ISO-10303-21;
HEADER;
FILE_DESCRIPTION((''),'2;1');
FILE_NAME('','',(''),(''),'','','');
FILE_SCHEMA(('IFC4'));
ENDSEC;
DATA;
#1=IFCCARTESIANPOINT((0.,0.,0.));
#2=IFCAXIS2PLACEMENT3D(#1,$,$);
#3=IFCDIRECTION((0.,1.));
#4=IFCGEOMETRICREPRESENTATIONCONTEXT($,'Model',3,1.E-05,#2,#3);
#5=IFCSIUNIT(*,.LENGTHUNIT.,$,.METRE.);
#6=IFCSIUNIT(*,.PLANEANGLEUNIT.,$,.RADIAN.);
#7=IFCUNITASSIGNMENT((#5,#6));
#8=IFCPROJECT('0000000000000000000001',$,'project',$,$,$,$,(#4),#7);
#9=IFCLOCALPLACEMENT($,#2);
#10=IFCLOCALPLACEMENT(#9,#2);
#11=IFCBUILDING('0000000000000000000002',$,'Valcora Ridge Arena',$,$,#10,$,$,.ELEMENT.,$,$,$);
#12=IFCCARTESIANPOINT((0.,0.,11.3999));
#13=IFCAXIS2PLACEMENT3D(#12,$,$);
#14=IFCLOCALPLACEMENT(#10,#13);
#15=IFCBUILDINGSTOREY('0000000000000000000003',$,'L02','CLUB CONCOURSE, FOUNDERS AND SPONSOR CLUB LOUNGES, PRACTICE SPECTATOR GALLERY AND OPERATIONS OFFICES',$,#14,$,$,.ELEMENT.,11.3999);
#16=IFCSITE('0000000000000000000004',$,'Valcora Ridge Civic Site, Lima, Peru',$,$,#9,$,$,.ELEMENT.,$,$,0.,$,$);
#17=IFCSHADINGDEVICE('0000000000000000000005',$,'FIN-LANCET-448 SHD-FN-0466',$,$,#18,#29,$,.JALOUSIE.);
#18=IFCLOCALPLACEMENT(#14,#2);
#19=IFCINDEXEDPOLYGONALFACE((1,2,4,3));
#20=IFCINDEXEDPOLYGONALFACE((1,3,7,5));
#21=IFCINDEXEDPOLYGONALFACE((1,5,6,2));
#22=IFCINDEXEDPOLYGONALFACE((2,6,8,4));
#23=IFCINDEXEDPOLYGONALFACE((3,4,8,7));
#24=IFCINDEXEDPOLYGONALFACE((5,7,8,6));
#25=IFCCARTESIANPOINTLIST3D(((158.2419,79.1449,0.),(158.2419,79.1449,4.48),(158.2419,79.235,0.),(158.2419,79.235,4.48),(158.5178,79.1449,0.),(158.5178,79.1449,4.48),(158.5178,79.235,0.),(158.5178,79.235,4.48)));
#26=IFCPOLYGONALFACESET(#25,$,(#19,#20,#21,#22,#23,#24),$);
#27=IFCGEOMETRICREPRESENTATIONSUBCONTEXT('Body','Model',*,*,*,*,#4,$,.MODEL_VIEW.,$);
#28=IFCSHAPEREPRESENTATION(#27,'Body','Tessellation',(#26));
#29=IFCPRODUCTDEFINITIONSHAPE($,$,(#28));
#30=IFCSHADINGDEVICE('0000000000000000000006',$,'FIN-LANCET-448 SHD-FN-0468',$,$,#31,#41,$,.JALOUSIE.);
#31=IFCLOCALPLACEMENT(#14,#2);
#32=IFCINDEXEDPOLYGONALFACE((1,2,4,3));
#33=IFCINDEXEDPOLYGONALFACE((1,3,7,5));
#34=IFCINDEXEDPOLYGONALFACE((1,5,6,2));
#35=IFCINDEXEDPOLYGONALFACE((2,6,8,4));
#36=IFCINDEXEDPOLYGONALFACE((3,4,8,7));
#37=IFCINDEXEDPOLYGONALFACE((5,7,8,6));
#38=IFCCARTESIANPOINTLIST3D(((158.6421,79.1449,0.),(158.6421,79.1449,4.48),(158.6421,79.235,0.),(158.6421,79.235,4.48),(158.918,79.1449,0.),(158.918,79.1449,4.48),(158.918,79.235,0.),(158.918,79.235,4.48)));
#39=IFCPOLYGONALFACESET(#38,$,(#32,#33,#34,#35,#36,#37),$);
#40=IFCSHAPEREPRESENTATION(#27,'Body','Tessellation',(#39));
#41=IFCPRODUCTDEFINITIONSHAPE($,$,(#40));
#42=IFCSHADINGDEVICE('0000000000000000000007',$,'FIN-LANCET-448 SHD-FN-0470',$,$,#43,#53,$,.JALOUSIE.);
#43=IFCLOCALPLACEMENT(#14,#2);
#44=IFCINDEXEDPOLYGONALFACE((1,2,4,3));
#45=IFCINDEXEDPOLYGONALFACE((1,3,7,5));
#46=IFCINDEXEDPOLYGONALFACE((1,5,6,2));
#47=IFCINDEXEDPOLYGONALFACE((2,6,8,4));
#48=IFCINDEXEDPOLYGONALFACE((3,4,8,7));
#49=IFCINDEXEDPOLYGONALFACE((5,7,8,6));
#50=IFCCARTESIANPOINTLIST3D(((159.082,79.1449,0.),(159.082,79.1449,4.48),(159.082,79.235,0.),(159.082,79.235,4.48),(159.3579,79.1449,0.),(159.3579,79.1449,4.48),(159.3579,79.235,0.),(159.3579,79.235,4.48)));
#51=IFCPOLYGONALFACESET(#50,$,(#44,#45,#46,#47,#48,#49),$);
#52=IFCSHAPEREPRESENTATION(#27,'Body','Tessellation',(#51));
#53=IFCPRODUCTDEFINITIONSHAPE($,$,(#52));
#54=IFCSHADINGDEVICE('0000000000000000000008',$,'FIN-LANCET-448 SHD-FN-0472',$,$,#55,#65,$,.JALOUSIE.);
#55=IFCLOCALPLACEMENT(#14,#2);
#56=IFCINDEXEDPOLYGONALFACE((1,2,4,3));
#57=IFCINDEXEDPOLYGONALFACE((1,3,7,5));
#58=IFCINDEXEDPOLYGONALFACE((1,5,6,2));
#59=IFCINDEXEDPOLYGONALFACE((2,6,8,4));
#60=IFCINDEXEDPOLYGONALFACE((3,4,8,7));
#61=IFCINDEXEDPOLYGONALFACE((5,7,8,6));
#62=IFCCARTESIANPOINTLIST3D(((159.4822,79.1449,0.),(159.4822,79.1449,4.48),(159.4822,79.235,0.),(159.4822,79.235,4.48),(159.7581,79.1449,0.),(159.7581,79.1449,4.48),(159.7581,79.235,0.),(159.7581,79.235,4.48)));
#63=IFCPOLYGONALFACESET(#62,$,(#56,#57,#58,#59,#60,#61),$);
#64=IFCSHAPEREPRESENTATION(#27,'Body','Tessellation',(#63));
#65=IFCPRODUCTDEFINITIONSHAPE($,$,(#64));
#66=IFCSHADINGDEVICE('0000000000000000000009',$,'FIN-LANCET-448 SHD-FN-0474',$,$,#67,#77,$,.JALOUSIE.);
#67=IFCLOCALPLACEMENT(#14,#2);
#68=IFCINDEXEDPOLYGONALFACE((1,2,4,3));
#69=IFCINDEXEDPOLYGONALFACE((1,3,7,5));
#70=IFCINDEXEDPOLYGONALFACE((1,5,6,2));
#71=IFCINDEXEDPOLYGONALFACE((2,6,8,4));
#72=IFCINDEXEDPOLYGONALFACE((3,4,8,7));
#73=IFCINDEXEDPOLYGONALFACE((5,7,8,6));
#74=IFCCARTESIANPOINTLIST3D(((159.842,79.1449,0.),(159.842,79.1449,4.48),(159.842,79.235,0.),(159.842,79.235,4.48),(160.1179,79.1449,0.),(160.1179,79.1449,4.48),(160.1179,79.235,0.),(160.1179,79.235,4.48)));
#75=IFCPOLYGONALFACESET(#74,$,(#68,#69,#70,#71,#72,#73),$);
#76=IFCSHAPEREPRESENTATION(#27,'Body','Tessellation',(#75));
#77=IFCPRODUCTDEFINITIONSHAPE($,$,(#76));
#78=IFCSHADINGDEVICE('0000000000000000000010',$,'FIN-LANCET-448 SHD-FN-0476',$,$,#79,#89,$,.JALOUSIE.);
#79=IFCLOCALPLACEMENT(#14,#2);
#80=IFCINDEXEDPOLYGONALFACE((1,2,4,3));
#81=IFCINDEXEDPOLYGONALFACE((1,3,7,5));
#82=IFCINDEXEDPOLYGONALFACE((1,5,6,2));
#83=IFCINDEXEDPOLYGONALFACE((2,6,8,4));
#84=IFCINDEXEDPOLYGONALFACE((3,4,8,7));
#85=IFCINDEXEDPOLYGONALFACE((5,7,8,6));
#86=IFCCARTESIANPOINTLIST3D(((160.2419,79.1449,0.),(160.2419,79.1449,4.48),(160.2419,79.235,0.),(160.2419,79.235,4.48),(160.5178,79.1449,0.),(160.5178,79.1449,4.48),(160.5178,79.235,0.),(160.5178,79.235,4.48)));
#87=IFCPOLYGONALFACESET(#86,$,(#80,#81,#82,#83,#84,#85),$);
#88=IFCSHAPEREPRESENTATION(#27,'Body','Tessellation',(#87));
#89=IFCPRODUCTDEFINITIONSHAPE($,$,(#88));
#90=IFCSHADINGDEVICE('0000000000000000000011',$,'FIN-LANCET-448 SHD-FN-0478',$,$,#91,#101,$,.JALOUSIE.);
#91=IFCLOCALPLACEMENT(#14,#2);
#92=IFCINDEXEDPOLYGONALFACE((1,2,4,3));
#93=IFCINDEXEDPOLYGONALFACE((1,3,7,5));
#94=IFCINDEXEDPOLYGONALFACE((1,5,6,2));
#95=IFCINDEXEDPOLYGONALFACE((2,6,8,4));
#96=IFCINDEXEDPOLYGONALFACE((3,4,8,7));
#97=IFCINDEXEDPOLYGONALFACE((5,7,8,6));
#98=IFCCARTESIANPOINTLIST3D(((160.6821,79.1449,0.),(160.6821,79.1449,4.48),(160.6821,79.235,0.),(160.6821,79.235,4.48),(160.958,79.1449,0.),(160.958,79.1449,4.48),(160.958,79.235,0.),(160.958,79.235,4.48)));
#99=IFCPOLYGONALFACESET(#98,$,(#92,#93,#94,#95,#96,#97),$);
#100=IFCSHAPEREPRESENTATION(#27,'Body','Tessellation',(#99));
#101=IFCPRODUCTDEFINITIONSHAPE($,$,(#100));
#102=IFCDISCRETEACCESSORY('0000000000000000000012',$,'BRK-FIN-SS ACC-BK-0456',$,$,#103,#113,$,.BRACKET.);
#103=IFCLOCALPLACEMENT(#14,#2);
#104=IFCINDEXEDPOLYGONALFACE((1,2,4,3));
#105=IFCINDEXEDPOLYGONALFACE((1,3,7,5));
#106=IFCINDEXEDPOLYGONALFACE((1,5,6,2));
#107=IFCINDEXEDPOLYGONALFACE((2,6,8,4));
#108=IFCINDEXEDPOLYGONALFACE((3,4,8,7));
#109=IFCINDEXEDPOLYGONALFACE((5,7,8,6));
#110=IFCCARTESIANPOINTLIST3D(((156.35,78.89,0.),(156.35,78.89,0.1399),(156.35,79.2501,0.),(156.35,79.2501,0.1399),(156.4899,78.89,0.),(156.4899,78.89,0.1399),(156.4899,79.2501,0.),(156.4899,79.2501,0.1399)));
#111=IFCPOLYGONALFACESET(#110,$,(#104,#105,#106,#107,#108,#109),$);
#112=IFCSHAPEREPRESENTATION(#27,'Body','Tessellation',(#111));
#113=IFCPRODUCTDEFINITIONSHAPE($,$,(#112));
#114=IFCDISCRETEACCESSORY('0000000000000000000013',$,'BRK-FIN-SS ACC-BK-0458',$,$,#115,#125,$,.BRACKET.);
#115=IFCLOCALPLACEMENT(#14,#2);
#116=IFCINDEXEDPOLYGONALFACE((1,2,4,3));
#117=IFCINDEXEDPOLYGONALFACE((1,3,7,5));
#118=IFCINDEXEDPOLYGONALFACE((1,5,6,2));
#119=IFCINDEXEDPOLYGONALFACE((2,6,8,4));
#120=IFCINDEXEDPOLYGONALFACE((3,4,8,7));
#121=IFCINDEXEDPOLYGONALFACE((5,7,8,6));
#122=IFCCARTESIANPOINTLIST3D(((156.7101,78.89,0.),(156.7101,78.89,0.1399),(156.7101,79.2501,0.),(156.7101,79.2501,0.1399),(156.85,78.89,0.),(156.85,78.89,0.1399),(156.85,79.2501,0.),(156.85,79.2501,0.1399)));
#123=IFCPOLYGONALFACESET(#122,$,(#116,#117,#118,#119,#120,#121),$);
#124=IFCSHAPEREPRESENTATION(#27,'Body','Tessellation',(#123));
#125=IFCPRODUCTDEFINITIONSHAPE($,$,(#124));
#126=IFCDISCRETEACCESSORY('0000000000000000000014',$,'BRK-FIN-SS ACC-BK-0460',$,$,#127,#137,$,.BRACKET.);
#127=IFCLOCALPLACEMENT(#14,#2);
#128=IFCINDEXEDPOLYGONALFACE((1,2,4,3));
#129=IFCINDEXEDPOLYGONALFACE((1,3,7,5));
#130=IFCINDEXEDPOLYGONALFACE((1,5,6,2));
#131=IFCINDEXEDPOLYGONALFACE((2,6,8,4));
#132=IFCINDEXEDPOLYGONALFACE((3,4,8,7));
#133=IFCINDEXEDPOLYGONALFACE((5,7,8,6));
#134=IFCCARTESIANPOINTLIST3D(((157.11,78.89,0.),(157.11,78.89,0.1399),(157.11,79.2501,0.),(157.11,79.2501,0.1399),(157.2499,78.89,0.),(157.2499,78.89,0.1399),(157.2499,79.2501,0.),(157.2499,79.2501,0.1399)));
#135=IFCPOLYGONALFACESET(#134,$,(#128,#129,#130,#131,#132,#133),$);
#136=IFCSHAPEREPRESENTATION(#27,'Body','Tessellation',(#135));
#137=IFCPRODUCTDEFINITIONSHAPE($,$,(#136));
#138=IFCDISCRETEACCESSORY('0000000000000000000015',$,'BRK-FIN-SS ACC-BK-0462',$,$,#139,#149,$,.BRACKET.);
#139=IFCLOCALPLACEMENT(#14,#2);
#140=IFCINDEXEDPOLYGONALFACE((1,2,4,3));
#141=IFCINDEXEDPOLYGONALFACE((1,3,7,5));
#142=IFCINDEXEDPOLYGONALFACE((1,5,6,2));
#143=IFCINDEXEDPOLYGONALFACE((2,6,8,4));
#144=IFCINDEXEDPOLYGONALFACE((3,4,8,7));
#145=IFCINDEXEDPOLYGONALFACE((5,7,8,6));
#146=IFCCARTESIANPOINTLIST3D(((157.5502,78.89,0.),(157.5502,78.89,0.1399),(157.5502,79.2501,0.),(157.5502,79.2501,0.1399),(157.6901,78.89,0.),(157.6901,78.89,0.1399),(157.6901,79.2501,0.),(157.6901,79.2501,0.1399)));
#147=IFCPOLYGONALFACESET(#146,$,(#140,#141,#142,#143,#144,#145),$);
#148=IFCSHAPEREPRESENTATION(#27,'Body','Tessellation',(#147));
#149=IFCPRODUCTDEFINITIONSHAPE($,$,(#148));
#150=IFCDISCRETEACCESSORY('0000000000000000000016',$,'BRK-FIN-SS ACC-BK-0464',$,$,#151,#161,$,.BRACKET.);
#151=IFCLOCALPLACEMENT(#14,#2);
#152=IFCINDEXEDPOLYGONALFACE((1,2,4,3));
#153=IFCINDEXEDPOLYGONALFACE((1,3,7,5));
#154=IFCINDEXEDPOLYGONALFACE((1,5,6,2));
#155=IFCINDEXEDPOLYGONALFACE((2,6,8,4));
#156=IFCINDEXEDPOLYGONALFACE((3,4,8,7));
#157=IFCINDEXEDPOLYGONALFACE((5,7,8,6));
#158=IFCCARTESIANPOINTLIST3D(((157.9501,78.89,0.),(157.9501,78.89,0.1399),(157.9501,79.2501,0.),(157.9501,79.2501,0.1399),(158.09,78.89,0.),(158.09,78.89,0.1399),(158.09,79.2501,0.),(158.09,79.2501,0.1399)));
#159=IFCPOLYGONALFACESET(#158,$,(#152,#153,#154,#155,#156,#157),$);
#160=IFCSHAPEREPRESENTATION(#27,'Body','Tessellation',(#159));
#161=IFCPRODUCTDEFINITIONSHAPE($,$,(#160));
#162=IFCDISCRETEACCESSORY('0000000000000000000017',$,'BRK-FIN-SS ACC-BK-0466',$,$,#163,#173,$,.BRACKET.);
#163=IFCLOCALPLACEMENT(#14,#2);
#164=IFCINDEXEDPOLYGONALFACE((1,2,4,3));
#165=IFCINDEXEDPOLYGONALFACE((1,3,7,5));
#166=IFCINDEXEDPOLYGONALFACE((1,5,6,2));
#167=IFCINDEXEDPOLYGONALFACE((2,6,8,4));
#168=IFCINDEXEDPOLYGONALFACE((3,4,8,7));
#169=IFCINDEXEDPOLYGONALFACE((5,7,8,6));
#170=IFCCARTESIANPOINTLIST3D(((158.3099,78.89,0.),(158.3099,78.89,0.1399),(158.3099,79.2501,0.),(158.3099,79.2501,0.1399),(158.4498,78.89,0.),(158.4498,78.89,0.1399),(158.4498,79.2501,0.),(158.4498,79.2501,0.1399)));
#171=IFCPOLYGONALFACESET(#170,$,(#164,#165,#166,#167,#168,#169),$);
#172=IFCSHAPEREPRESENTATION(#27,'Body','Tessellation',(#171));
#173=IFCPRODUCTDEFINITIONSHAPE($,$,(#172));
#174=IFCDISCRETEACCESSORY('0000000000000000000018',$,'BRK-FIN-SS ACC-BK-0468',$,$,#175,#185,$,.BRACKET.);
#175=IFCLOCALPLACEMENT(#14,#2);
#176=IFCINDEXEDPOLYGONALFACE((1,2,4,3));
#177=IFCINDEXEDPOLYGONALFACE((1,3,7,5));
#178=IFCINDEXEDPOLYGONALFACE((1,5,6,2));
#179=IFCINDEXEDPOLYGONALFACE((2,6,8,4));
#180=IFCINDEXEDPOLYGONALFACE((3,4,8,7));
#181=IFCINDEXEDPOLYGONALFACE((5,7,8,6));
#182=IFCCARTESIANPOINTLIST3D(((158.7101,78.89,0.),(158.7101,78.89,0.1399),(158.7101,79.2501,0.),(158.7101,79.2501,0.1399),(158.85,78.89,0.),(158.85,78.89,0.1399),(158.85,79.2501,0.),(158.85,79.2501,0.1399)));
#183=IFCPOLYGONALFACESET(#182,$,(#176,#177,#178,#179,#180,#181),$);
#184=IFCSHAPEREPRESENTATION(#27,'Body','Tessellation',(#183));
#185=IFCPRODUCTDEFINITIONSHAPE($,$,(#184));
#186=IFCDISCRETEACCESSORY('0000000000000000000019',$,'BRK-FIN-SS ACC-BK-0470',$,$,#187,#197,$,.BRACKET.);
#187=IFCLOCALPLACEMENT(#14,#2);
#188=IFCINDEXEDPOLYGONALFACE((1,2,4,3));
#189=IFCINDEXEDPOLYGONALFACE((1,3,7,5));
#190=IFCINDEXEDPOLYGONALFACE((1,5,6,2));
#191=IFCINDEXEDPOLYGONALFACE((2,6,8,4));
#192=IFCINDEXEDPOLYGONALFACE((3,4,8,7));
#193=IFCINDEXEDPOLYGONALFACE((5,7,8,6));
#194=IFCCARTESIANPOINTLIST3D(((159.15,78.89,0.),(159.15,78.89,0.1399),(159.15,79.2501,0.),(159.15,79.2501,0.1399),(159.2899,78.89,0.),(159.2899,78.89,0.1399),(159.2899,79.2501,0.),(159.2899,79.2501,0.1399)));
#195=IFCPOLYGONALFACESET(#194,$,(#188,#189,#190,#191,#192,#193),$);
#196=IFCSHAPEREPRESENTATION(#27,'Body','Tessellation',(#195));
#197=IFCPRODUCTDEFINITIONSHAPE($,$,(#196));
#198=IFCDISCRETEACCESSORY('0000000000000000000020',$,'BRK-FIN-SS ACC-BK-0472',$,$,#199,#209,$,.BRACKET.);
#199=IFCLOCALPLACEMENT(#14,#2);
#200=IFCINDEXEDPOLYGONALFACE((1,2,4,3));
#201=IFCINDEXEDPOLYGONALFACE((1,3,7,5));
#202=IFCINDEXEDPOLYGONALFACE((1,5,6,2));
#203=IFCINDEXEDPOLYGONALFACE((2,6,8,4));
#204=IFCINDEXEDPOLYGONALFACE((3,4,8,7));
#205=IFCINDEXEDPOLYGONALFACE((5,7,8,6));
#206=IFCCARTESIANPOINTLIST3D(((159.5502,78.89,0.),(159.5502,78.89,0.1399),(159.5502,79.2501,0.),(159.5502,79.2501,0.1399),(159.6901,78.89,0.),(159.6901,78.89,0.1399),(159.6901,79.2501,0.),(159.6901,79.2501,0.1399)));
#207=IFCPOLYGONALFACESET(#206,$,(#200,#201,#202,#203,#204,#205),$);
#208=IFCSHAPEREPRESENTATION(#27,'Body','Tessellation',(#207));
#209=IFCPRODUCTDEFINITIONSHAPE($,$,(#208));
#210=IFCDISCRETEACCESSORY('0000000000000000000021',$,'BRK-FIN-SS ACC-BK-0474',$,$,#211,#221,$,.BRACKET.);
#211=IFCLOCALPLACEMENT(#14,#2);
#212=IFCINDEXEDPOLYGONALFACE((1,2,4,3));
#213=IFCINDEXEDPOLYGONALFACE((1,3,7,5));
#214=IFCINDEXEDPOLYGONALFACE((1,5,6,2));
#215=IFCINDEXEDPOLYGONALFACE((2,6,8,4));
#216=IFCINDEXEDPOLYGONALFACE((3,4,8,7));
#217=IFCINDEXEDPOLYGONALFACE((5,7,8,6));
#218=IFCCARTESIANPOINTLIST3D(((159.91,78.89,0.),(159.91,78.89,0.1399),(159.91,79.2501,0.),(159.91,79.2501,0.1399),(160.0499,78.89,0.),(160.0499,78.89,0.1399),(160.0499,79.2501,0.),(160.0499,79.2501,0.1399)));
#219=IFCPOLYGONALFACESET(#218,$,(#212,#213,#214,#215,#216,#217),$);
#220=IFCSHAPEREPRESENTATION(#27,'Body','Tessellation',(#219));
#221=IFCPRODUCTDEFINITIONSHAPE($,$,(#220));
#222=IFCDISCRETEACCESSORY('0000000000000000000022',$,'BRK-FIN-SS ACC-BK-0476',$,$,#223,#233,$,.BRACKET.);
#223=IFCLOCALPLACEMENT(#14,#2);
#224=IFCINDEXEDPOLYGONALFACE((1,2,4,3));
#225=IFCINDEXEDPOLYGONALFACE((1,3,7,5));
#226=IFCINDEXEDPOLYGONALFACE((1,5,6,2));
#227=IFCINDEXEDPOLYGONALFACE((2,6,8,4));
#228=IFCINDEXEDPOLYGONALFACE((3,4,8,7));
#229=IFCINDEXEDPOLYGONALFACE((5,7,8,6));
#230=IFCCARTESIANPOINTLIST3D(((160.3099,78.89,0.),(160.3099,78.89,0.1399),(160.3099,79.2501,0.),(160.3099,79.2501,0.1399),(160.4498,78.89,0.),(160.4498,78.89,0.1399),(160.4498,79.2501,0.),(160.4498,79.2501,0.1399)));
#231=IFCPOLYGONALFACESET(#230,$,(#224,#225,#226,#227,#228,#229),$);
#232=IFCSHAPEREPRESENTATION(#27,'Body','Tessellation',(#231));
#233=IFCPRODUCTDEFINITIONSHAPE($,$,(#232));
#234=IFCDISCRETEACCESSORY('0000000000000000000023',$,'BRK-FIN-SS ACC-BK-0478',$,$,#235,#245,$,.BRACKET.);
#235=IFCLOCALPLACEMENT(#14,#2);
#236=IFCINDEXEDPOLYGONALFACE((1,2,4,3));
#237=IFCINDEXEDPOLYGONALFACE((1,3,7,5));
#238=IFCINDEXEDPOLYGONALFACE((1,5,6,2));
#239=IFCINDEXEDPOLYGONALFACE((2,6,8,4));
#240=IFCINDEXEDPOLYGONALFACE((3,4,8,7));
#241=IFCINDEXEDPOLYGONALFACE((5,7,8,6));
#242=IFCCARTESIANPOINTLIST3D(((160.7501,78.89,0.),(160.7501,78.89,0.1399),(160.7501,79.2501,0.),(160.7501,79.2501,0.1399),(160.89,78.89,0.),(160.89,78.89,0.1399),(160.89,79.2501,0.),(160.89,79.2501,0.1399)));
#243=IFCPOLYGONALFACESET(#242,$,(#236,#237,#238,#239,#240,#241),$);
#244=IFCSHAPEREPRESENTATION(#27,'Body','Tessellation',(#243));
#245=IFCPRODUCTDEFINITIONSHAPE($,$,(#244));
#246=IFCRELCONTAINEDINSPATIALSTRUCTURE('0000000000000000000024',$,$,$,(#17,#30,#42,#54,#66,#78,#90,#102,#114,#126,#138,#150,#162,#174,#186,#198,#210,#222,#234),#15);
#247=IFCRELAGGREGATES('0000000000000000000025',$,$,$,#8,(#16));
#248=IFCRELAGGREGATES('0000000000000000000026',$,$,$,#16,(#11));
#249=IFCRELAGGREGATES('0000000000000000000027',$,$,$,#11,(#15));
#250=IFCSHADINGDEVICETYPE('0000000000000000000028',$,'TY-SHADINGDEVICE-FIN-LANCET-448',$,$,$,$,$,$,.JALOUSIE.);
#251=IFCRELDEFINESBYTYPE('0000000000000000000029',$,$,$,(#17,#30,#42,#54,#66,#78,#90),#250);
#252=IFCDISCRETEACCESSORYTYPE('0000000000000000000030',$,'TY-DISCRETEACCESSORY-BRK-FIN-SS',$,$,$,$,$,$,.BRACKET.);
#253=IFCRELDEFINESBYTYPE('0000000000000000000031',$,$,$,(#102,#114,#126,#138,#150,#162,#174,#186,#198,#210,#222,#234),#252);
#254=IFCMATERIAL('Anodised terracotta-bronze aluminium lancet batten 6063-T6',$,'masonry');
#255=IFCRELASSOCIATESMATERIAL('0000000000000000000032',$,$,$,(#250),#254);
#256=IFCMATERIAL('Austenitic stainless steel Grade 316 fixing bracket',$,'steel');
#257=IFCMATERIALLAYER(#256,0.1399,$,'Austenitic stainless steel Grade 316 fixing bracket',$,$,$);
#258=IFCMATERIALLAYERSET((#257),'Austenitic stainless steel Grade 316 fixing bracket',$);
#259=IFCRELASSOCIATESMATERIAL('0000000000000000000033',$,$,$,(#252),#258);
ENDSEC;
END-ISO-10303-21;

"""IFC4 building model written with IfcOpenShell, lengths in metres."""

from ifc_helpers import new_model, si_unit, direction, frame, origin, origin_2d, place, context, subcontext, project, spatial, rectangle, extrude, material, layer, layer_set, material_profile, profile_set, type_object, element, save


model = new_model("IFC4")

# Units and contexts
model_context = context("Model", 3, precision=1e-05, world=origin(), true_north=direction((0.0, 1.0)))
body_context = subcontext(model_context, "Body", "Model", "MODEL_VIEW")
ifc_project = project(units=[si_unit("LENGTHUNIT", "METRE"), si_unit("PLANEANGLEUNIT", "RADIAN")], contexts=[model_context])

# Site, building, storey
site_placement = place(None, origin())
site = spatial("IfcSite", under=ifc_project, at=site_placement, Name="Valcora Ridge Civic Site, Lima, Peru", CompositionType="ELEMENT", RefElevation=0.0)
building_placement = place(site_placement, origin())
building = spatial("IfcBuilding", under=site, at=building_placement, Name="Valcora Ridge Arena", CompositionType="ELEMENT")
storey_placement = place(building_placement, frame((0.0, 0.0, 11.3999)))
storey = spatial("IfcBuildingStorey", under=building, at=storey_placement, Name="L02", Description="CLUB CONCOURSE, FOUNDERS AND SPONSOR CLUB LOUNGES, PRACTICE SPECTATOR GALLERY AND OPERATIONS OFFICES", CompositionType="ELEMENT", Elevation=11.3999)

# Shared definitions
ifc_material_1 = material(Name="Anodised terracotta-bronze aluminium lancet batten 6063-T6", Category="masonry")

# Shading devices
ifc_material_profile_1 = material_profile(ifc_material_1, rectangle(XDim=0.0901, YDim=0.2759, at=origin_2d()), Name="ALU LANCET BATTEN 90x276")
ifc_profile_set_1 = profile_set([ifc_material_profile_1], Name="Anodised terracotta-bronze aluminium lancet batten 6063-T6")
shading_device_type = type_object("IfcShadingDeviceType", Name="TY-SHADINGDEVICE-FIN-LANCET-448", PredefinedType="JALOUSIE", material=ifc_profile_set_1)
for number, where, z_axis, x_axis, name in (
    (1, (158.3799, 79.1899, 0.0), (0.0, 0.0, 1.0), (0.0, 1.0, 0.0), "FIN-LANCET-448 SHD-FN-0466"),
    (2, (158.78, 79.1899, 0.0), (0.0, 0.0, 1.0), (0.0, 1.0, 0.0), "FIN-LANCET-448 SHD-FN-0468"),
    (3, (159.22, 79.1899, 0.0), (0.0, 0.0, 1.0), (0.0, 1.0, 0.0), "FIN-LANCET-448 SHD-FN-0470"),
    (4, (159.6201, 79.1899, 0.0), (0.0, 0.0, 1.0), (0.0, 1.0, 0.0), "FIN-LANCET-448 SHD-FN-0472"),
    (5, (159.98, 79.1899, 0.0), (0.0, 0.0, 1.0), (0.0, 1.0, 0.0), "FIN-LANCET-448 SHD-FN-0474"),
    (6, (160.3799, 79.1899, 0.0), (0.0, 0.0, 1.0), (0.0, 1.0, 0.0), "FIN-LANCET-448 SHD-FN-0476"),
    (7, (160.8201, 79.1899, 0.0), (0.0, 0.0, 1.0), (0.0, 1.0, 0.0), "FIN-LANCET-448 SHD-FN-0478"),
):
    element("IfcShadingDevice", number, at=place(storey_placement, frame(where, z_axis=z_axis, x_axis=x_axis)), inside=storey, type_object=shading_device_type, Name=name, PredefinedType="JALOUSIE", context=body_context, shape_type="SweptSolid", body=[
        extrude(rectangle(XDim=0.0901, YDim=0.2759, at=origin_2d()), origin(), (0.0, 0.0, 1.0), 4.48),
    ])

# Discrete accessories
ifc_material_2 = material(Name="Austenitic stainless steel Grade 316 fixing bracket", Category="steel")
ifc_layer_1 = layer(ifc_material_2, 0.1399, Name="Austenitic stainless steel Grade 316 fixing bracket")
ifc_layer_set_1 = layer_set([ifc_layer_1], Name="Austenitic stainless steel Grade 316 fixing bracket")
discrete_accessory_type = type_object("IfcDiscreteAccessoryType", Name="TY-DISCRETEACCESSORY-BRK-FIN-SS", PredefinedType="BRACKET", material=ifc_layer_set_1)
for number, where, z_axis, x_axis, name in (
    (8, (156.4199, 79.0701, 0.0), (0.0, 0.0, 1.0), (0.0, 1.0, 0.0), "BRK-FIN-SS ACC-BK-0456"),
    (9, (156.78, 79.0701, 0.0), (0.0, 0.0, 1.0), (0.0, 1.0, 0.0), "BRK-FIN-SS ACC-BK-0458"),
    (10, (157.1799, 79.0701, 0.0), (0.0, 0.0, 1.0), (0.0, 1.0, 0.0), "BRK-FIN-SS ACC-BK-0460"),
    (11, (157.6201, 79.0701, 0.0), (0.0, 0.0, 1.0), (0.0, 1.0, 0.0), "BRK-FIN-SS ACC-BK-0462"),
    (12, (158.02, 79.0701, 0.0), (0.0, 0.0, 1.0), (0.0, 1.0, 0.0), "BRK-FIN-SS ACC-BK-0464"),
    (13, (158.3799, 79.0701, 0.0), (0.0, 0.0, 1.0), (0.0, 1.0, 0.0), "BRK-FIN-SS ACC-BK-0466"),
    (14, (158.78, 79.0701, 0.0), (0.0, 0.0, 1.0), (0.0, 1.0, 0.0), "BRK-FIN-SS ACC-BK-0468"),
    (15, (159.22, 79.0701, 0.0), (0.0, 0.0, 1.0), (0.0, 1.0, 0.0), "BRK-FIN-SS ACC-BK-0470"),
    (16, (159.6201, 79.0701, 0.0), (0.0, 0.0, 1.0), (0.0, 1.0, 0.0), "BRK-FIN-SS ACC-BK-0472"),
    (17, (159.98, 79.0701, 0.0), (0.0, 0.0, 1.0), (0.0, 1.0, 0.0), "BRK-FIN-SS ACC-BK-0474"),
    (18, (160.3799, 79.0701, 0.0), (0.0, 0.0, 1.0), (0.0, 1.0, 0.0), "BRK-FIN-SS ACC-BK-0476"),
    (19, (160.8201, 79.0701, 0.0), (0.0, 0.0, 1.0), (0.0, 1.0, 0.0), "BRK-FIN-SS ACC-BK-0478"),
):
    element("IfcDiscreteAccessory", number, at=place(storey_placement, frame(where, z_axis=z_axis, x_axis=x_axis)), inside=storey, type_object=discrete_accessory_type, Name=name, PredefinedType="BRACKET", context=body_context, shape_type="SweptSolid", body=[
        extrude(rectangle(XDim=0.3601, YDim=0.1399, at=origin_2d()), origin(), (0.0, 0.0, 1.0), 0.1399),
    ])

save(model, "model.ifc")
